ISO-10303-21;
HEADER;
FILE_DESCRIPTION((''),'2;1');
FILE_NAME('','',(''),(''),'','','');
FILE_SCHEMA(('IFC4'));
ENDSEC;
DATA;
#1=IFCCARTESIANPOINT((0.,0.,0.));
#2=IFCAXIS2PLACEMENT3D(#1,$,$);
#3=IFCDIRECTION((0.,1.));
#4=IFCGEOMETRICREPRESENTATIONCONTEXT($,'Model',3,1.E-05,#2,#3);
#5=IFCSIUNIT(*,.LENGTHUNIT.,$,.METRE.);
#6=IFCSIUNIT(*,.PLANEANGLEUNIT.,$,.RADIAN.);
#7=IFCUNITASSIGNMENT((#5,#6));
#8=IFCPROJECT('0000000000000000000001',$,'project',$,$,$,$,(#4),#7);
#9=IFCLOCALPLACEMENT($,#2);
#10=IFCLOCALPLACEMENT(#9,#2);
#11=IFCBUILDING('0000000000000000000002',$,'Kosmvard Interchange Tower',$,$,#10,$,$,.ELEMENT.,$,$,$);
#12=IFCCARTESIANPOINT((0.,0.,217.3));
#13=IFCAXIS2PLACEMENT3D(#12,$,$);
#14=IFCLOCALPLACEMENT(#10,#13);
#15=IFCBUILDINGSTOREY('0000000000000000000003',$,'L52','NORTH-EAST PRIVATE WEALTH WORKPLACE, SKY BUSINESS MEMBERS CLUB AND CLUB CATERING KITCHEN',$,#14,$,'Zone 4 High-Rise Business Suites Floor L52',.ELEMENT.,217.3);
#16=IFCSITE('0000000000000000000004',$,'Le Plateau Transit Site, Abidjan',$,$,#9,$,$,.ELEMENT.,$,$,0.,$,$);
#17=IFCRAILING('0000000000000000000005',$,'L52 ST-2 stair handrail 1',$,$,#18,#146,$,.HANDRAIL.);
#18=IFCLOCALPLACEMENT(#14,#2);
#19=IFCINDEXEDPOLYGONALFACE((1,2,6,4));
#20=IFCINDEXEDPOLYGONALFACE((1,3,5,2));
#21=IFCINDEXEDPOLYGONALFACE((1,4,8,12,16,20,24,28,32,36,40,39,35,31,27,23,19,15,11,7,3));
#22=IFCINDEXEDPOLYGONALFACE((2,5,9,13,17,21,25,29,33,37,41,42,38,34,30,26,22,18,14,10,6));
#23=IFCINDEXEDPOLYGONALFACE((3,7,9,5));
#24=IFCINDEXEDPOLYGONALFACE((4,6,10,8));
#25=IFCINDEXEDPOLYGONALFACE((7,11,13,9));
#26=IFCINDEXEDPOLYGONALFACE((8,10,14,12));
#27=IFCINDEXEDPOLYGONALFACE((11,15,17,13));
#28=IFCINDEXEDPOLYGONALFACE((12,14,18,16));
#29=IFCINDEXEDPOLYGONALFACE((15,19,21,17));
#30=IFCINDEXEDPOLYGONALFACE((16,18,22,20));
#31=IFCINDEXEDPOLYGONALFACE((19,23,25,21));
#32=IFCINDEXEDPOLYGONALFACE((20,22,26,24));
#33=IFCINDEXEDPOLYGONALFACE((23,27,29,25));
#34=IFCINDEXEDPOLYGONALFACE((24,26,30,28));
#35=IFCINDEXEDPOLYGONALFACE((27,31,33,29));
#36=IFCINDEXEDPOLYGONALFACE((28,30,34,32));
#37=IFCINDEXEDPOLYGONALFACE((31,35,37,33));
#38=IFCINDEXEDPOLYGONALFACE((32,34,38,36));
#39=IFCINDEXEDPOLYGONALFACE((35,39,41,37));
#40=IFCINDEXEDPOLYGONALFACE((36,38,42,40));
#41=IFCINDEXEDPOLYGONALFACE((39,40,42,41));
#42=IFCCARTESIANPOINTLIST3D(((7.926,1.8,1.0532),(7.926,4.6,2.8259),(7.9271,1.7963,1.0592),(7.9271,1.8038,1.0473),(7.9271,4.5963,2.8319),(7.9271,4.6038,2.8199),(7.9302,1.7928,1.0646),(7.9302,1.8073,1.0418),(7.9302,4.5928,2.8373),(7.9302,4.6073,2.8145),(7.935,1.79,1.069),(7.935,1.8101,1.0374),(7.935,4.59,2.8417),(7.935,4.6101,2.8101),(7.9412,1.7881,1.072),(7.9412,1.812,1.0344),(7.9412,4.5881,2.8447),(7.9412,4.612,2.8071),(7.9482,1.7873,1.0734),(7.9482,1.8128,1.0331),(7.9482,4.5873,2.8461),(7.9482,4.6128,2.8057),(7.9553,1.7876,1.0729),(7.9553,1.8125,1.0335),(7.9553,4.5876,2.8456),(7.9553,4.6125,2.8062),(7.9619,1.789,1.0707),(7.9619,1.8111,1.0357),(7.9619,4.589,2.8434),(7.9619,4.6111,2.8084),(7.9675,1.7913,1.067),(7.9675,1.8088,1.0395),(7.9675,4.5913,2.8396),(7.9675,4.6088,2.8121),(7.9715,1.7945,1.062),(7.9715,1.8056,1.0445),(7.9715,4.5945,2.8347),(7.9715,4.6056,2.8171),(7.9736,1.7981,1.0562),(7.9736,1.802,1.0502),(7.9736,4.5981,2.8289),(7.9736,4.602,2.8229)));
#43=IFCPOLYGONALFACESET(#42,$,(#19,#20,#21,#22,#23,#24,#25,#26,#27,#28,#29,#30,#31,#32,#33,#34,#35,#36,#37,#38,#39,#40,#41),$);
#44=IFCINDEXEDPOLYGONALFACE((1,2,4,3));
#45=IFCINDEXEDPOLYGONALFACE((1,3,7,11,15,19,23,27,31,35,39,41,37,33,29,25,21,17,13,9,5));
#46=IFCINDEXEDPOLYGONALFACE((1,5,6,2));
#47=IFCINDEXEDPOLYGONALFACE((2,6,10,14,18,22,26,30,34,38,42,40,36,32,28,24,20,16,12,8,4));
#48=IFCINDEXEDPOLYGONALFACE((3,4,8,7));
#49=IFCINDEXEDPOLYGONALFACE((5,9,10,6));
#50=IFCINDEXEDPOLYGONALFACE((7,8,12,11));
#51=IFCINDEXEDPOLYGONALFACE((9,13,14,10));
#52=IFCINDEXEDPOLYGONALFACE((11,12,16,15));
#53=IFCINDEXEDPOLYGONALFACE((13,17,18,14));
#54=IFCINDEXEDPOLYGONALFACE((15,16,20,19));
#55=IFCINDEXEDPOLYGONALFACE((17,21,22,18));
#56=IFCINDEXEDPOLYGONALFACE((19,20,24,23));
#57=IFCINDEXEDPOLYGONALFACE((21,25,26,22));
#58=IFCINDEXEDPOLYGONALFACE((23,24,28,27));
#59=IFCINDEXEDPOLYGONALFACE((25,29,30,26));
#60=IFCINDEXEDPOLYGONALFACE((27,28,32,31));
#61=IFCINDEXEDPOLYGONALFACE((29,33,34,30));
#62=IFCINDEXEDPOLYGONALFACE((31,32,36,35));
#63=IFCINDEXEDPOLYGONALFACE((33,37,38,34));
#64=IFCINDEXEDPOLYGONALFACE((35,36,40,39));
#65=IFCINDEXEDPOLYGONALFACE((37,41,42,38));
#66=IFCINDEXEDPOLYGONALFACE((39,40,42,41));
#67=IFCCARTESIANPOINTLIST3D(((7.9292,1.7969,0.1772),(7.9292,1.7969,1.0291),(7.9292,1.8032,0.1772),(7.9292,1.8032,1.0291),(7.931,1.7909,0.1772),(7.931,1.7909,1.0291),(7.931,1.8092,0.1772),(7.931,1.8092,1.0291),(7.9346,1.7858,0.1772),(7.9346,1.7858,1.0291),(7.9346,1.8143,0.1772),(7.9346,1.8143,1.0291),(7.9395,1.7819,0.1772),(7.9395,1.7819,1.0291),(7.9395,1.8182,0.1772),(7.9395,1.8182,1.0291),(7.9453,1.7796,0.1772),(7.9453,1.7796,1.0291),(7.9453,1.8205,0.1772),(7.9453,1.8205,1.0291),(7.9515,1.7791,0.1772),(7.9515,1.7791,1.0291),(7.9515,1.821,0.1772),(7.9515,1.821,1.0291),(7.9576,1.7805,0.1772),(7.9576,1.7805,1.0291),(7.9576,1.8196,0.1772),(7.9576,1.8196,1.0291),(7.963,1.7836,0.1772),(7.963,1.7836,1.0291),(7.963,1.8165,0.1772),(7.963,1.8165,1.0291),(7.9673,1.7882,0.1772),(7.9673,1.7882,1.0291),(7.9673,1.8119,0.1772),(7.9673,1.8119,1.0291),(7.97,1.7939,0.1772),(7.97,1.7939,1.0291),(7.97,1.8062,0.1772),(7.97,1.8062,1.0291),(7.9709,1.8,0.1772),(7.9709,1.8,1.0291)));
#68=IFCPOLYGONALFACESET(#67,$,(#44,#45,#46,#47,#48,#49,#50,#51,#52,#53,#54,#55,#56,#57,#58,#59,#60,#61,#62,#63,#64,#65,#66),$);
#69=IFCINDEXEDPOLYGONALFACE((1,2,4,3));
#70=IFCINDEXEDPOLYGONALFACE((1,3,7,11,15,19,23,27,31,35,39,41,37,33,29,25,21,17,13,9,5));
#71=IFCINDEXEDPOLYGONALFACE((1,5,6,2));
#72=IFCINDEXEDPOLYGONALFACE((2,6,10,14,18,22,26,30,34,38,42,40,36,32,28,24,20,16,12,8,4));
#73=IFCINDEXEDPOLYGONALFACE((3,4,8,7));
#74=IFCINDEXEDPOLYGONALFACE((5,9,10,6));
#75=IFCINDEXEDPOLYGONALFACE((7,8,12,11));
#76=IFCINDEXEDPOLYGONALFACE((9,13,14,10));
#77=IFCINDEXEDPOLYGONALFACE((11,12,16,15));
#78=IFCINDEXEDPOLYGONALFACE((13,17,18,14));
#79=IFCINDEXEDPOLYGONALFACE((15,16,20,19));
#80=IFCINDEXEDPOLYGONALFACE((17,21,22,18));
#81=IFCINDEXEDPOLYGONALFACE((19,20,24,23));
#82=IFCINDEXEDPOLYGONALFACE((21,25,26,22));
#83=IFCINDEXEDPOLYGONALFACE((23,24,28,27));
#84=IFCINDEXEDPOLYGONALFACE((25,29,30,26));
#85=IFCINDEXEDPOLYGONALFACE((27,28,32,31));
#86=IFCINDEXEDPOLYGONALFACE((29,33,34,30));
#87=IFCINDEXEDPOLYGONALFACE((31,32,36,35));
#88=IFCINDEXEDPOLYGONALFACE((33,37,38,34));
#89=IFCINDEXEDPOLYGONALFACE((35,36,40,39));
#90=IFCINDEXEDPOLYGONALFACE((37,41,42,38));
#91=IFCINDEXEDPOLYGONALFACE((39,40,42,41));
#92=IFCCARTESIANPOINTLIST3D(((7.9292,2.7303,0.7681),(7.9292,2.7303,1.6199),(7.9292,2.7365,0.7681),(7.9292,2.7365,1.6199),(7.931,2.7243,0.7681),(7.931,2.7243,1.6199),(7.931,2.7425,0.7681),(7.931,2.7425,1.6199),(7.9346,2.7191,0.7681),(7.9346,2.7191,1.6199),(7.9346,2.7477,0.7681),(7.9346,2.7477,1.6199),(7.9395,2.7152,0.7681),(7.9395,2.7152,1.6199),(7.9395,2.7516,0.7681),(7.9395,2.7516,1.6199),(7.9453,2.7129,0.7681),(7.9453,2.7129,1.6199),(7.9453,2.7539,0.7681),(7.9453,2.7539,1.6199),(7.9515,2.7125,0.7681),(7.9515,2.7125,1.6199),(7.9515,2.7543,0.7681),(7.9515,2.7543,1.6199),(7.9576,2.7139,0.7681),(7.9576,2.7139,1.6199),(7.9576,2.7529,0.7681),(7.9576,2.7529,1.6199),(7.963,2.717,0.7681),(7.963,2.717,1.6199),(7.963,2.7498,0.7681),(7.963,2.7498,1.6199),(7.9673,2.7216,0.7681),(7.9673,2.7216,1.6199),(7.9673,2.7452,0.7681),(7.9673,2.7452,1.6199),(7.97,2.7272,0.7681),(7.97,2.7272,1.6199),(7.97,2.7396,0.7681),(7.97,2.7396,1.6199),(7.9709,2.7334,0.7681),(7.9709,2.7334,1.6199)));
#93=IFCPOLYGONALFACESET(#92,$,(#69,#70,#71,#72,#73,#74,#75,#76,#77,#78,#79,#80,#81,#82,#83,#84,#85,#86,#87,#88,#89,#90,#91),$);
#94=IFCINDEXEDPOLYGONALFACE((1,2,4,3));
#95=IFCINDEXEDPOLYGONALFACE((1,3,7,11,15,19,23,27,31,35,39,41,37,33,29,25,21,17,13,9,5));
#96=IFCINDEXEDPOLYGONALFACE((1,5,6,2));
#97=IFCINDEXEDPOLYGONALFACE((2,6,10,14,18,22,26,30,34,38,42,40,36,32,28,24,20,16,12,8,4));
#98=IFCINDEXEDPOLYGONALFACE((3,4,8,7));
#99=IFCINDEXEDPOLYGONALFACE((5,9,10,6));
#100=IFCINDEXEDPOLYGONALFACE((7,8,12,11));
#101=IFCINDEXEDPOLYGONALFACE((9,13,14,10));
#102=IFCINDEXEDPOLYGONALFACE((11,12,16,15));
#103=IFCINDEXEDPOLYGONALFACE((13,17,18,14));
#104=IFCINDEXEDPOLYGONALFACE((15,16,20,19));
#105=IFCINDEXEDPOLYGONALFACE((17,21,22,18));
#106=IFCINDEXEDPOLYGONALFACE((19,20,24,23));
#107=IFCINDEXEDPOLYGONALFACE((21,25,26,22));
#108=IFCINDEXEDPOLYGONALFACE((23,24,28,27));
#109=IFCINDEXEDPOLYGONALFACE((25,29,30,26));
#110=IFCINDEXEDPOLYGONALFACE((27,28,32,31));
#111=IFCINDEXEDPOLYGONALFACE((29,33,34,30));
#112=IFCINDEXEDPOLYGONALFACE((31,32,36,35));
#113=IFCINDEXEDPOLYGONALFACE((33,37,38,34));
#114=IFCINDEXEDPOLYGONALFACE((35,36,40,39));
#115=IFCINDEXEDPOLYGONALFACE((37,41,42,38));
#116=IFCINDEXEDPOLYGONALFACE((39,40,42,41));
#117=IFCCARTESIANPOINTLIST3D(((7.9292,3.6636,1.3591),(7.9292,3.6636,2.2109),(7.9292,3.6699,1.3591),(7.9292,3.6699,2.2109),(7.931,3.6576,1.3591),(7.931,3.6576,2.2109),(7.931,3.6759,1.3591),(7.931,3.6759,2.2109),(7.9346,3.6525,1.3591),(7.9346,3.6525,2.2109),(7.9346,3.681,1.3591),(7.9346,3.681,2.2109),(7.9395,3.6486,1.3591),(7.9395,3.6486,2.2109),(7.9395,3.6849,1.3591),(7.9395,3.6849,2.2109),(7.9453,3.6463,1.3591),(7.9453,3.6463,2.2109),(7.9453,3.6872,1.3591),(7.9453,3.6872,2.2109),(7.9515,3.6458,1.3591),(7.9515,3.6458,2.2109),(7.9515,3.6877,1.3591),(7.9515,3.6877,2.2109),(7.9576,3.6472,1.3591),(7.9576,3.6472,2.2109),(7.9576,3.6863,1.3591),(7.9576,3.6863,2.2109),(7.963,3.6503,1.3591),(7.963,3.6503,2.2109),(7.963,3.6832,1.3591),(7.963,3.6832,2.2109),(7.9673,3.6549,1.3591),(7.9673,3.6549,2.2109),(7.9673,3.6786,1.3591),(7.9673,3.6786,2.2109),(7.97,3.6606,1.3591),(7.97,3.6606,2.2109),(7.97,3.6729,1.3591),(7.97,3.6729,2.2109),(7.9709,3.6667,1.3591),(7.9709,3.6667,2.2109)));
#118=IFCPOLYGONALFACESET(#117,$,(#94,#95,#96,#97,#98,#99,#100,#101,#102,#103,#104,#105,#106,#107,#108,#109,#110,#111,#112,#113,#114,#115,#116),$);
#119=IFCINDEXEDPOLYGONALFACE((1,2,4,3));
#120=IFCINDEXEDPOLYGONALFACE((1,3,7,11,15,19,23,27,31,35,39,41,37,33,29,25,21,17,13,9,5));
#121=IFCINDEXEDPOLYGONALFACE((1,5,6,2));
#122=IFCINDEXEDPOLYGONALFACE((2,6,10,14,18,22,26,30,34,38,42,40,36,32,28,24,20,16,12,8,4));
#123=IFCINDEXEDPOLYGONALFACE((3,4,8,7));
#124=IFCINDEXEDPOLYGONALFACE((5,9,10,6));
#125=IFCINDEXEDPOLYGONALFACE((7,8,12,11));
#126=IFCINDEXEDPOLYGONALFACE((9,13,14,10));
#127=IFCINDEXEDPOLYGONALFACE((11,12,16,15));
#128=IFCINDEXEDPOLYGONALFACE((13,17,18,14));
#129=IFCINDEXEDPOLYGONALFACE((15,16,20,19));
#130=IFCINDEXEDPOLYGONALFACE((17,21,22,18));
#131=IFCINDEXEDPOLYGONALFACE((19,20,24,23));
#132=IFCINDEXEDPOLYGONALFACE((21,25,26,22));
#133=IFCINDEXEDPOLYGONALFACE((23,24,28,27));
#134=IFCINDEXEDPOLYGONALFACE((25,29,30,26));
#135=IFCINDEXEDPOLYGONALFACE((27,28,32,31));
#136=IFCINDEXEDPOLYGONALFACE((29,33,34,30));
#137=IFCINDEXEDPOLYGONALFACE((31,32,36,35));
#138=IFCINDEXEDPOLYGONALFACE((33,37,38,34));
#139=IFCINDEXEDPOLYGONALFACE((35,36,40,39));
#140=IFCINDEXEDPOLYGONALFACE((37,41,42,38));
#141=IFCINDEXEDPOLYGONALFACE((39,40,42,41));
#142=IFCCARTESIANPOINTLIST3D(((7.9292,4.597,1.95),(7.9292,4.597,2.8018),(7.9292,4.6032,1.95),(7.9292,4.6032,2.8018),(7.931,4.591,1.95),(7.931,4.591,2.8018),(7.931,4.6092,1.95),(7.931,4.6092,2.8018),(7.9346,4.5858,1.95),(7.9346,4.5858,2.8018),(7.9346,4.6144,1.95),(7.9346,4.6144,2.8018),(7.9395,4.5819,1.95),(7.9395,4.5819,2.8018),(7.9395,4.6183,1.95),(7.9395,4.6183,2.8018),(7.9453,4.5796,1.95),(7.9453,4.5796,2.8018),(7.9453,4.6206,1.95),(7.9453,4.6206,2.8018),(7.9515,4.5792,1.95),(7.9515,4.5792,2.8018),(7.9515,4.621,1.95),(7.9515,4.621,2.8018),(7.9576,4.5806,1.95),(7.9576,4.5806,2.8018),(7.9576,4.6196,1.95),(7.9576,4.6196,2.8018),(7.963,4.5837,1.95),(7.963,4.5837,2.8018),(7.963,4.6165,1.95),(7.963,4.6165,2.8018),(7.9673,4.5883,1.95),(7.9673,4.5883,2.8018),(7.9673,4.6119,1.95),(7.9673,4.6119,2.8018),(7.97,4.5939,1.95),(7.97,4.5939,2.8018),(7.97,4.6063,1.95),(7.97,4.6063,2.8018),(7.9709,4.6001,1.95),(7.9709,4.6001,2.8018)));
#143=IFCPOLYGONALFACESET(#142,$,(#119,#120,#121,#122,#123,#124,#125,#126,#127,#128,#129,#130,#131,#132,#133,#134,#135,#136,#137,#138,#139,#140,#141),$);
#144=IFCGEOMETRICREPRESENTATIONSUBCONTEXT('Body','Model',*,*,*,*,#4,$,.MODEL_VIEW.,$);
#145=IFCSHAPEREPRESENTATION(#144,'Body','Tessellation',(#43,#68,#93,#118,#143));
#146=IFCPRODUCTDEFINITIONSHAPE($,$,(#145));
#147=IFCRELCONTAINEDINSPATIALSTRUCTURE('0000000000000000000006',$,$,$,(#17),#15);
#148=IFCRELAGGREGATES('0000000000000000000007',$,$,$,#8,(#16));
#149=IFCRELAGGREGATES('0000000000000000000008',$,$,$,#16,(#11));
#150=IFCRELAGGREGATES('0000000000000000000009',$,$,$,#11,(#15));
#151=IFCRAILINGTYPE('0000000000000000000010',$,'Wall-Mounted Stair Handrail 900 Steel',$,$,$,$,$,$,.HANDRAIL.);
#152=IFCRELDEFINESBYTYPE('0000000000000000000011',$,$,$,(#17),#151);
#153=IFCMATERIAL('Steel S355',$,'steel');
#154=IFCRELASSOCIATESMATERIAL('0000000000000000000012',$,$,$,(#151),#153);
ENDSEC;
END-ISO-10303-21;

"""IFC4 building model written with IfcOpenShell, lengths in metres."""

from ifc_helpers import new_model, si_unit, direction, frame, origin, origin_2d, place, context, subcontext, project, spatial, circle, extrude, source, transform, mapped, material, type_object, element, save


model = new_model("IFC4")

# Units and contexts
model_context = context("Model", 3, precision=1e-05, world=origin(), true_north=direction((0.0, 1.0)))
body_context = subcontext(model_context, "Body", "Model", "MODEL_VIEW")
ifc_project = project(units=[si_unit("LENGTHUNIT", "METRE"), si_unit("PLANEANGLEUNIT", "RADIAN")], contexts=[model_context])

# Site, building, storey
site_placement = place(None, origin())
site = spatial("IfcSite", under=ifc_project, at=site_placement, Name="Le Plateau Transit Site, Abidjan", CompositionType="ELEMENT", RefElevation=0.0)
building_placement = place(site_placement, origin())
building = spatial("IfcBuilding", under=site, at=building_placement, Name="Kosmvard Interchange Tower", CompositionType="ELEMENT")
storey_placement = place(building_placement, frame((0.0, 0.0, 217.3)))
storey = spatial("IfcBuildingStorey", under=building, at=storey_placement, Name="L52", Description="NORTH-EAST PRIVATE WEALTH WORKPLACE, SKY BUSINESS MEMBERS CLUB AND CLUB CATERING KITCHEN", LongName="Zone 4 High-Rise Business Suites Floor L52", CompositionType="ELEMENT", Elevation=217.3)

# Shared definitions
ifc_material_1 = material(Name="Steel S355", Category="steel")

# Railing
railing_type_1 = type_object("IfcRailingType", Name="Wall-Mounted Stair Handrail 900 Steel", PredefinedType="HANDRAIL", material=ifc_material_1)
shared_shape_1 = source(origin(), body_context, "Body", "SweptSolid", [
    extrude(circle(Radius=0.0239, at=origin_2d()), frame((0.0, 0.0, 0.876), z_axis=(0.0, 0.844909, 0.53491), x_axis=(-1.0, 0.0, 0.0)), (0.0, 0.0, 1.0), 3.314),
    extrude(circle(Radius=0.021, at=origin_2d()), origin(), (0.0, 0.0, 1.0), 0.8518),
    extrude(circle(Radius=0.021, at=origin_2d()), frame((0.0, 0.9333, 0.5908)), (0.0, 0.0, 1.0), 0.8518),
    extrude(circle(Radius=0.021, at=origin_2d()), frame((0.0, 1.8667, 1.1819)), (0.0, 0.0, 1.0), 0.8518),
    extrude(circle(Radius=0.021, at=origin_2d()), frame((0.0, 2.8, 1.7727)), (0.0, 0.0, 1.0), 0.8518),
])
railing_1_placement = place(storey_placement, frame((7.95, 1.8, 0.1772)))
element("IfcRailing", 1, at=railing_1_placement, inside=storey, type_object=railing_type_1, Name="L52 ST-2 stair handrail 1", PredefinedType="HANDRAIL", context=body_context, shape_type="MappedRepresentation", body=[
    mapped(shared_shape_1, transform((0.0, 0.0, 0.0), scale=1.0)),
])

save(model, "model.ifc")
